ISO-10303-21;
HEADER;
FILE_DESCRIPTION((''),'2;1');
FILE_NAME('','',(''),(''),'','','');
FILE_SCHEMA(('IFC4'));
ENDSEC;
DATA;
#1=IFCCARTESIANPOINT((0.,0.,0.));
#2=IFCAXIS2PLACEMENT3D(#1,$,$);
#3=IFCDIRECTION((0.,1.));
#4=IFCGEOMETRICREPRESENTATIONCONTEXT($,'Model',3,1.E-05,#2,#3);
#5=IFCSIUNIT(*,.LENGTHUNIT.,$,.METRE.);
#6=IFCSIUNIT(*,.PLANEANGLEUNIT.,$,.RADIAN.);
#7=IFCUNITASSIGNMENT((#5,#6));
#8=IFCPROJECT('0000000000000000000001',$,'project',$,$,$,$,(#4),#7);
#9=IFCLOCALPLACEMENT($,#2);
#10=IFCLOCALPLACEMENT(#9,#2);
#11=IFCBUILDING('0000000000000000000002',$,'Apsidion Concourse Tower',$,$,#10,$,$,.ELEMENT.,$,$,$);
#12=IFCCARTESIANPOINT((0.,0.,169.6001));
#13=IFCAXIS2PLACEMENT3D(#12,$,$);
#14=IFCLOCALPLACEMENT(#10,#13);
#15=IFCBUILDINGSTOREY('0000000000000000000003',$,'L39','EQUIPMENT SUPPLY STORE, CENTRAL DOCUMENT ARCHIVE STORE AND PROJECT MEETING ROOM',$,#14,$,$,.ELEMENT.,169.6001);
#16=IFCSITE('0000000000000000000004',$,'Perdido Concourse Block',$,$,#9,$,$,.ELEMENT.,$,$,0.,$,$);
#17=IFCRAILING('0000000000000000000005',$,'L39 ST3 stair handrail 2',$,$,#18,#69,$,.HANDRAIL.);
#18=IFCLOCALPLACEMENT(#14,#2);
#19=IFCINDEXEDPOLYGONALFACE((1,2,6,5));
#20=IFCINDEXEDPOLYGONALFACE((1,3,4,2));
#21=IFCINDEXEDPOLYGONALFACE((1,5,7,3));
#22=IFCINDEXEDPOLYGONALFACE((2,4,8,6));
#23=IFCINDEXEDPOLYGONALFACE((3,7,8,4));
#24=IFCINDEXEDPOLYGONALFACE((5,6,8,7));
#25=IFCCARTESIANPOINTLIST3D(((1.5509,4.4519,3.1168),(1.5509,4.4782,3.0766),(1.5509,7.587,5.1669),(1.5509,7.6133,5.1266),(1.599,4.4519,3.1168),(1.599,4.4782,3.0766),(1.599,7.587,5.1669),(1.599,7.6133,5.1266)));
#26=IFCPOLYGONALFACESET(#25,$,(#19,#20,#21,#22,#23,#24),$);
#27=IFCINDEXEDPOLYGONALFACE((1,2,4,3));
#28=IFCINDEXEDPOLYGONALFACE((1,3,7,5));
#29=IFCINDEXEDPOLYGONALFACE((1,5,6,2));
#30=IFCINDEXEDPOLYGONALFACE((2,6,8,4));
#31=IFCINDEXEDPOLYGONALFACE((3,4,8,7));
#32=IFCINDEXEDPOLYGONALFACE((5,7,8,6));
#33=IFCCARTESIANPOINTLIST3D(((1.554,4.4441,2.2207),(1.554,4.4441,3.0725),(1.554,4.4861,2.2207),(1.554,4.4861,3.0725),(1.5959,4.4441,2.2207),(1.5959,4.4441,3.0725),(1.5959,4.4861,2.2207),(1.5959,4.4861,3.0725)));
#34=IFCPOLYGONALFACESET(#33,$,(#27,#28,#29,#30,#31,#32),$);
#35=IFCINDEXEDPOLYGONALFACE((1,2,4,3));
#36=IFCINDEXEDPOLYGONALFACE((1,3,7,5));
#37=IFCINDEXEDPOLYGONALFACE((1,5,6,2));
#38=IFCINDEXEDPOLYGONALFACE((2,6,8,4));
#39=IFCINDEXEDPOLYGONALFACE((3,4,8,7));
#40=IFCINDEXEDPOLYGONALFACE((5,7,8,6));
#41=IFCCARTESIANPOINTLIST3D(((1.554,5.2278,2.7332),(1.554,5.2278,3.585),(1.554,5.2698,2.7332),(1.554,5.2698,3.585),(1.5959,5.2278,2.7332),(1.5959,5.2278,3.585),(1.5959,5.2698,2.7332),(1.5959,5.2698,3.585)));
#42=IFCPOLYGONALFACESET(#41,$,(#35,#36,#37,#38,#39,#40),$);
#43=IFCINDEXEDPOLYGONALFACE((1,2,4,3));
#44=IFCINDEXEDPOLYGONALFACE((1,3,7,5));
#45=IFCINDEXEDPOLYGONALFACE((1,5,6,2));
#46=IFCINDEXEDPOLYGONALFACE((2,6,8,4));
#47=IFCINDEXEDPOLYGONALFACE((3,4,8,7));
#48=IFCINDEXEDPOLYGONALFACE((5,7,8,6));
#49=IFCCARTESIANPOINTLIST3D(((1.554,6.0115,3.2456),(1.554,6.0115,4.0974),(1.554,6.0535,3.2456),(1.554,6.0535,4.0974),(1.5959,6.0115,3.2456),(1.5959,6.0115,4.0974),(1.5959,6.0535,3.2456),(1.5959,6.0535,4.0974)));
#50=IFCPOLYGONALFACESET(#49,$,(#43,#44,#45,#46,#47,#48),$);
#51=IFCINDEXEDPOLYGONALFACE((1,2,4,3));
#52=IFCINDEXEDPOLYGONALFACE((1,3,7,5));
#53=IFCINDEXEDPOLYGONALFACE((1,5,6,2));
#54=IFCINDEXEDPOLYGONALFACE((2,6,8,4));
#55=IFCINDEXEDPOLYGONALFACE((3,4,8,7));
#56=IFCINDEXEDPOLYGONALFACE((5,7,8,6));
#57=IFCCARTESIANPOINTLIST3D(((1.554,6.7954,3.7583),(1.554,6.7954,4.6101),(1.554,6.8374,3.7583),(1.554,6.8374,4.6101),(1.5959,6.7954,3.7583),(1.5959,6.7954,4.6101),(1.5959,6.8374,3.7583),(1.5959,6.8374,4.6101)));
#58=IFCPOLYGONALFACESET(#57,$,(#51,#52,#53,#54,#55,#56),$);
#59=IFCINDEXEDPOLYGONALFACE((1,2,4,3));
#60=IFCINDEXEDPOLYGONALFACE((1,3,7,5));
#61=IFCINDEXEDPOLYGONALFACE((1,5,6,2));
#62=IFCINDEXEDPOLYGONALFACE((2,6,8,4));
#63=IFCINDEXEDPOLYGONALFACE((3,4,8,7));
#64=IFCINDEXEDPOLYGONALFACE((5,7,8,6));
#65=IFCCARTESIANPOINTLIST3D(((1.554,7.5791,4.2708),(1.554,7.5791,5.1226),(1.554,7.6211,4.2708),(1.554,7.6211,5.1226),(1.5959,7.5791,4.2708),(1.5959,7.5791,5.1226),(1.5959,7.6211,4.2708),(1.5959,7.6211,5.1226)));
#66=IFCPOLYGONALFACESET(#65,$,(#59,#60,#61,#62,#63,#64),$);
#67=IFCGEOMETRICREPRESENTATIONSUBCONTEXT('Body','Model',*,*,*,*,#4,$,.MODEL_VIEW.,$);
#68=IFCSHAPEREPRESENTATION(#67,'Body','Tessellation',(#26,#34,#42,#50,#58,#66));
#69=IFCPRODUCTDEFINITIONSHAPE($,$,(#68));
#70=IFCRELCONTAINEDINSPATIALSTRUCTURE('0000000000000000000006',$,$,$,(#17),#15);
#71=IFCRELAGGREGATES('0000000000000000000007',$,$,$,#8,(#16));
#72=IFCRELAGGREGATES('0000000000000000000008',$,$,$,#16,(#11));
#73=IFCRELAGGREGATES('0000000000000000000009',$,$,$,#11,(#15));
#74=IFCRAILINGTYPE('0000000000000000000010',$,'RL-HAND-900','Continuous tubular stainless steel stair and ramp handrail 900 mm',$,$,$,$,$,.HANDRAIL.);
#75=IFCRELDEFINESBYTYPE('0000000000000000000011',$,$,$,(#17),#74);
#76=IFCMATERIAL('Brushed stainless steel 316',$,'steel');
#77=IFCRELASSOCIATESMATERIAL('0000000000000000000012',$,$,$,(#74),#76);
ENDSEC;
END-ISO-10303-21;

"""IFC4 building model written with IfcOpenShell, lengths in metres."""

from ifc_helpers import new_model, si_unit, direction, frame, origin, origin_2d, place, context, subcontext, project, spatial, rectangle, extrude, material, type_object, element, save


model = new_model("IFC4")

# Units and contexts
model_context = context("Model", 3, precision=1e-05, world=origin(), true_north=direction((0.0, 1.0)))
body_context = subcontext(model_context, "Body", "Model", "MODEL_VIEW")
ifc_project = project(units=[si_unit("LENGTHUNIT", "METRE"), si_unit("PLANEANGLEUNIT", "RADIAN")], contexts=[model_context])

# Site, building, storey
site_placement = place(None, origin())
site = spatial("IfcSite", under=ifc_project, at=site_placement, Name="Perdido Concourse Block", CompositionType="ELEMENT", RefElevation=0.0)
building_placement = place(site_placement, origin())
building = spatial("IfcBuilding", under=site, at=building_placement, Name="Apsidion Concourse Tower", CompositionType="ELEMENT")
storey_placement = place(building_placement, frame((0.0, 0.0, 169.6001)))
storey = spatial("IfcBuildingStorey", under=building, at=storey_placement, Name="L39", Description="EQUIPMENT SUPPLY STORE, CENTRAL DOCUMENT ARCHIVE STORE AND PROJECT MEETING ROOM", CompositionType="ELEMENT", Elevation=169.6001)

# Railing
ifc_material_1 = material(Name="Brushed stainless steel 316", Category="steel")
railing_type_1 = type_object("IfcRailingType", Name="RL-HAND-900", Description="Continuous tubular stainless steel stair and ramp handrail 900 mm", PredefinedType="HANDRAIL", material=ifc_material_1)
railing_1_placement = place(storey_placement, frame((1.575, 4.4651, 2.2207)))
element("IfcRailing", 1, at=railing_1_placement, inside=storey, type_object=railing_type_1, Name="L39 ST3 stair handrail 2", PredefinedType="HANDRAIL", context=body_context, shape_type="SweptSolid", body=[
    extrude(rectangle(XDim=0.0481, YDim=0.0481, at=origin_2d()), frame((0.0, 0.0, 0.876), z_axis=(0.0, 0.836941, 0.547293), x_axis=(-1.0, 0.0, 0.0)), (0.0, 0.0, 1.0), 3.7458),
    extrude(rectangle(XDim=0.042, YDim=0.042, at=origin_2d()), origin(), (0.0, 0.0, 1.0), 0.8518),
    extrude(rectangle(XDim=0.042, YDim=0.042, at=origin_2d()), frame((0.0, 0.7837, 0.5125)), (0.0, 0.0, 1.0), 0.8518),
    extrude(rectangle(XDim=0.042, YDim=0.042, at=origin_2d()), frame((0.0, 1.5674, 1.0249)), (0.0, 0.0, 1.0), 0.8518),
    extrude(rectangle(XDim=0.042, YDim=0.042, at=origin_2d()), frame((0.0, 2.3513, 1.5376)), (0.0, 0.0, 1.0), 0.8518),
    extrude(rectangle(XDim=0.042, YDim=0.042, at=origin_2d()), frame((0.0, 3.135, 2.05)), (0.0, 0.0, 1.0), 0.8518),
])

save(model, "model.ifc")
